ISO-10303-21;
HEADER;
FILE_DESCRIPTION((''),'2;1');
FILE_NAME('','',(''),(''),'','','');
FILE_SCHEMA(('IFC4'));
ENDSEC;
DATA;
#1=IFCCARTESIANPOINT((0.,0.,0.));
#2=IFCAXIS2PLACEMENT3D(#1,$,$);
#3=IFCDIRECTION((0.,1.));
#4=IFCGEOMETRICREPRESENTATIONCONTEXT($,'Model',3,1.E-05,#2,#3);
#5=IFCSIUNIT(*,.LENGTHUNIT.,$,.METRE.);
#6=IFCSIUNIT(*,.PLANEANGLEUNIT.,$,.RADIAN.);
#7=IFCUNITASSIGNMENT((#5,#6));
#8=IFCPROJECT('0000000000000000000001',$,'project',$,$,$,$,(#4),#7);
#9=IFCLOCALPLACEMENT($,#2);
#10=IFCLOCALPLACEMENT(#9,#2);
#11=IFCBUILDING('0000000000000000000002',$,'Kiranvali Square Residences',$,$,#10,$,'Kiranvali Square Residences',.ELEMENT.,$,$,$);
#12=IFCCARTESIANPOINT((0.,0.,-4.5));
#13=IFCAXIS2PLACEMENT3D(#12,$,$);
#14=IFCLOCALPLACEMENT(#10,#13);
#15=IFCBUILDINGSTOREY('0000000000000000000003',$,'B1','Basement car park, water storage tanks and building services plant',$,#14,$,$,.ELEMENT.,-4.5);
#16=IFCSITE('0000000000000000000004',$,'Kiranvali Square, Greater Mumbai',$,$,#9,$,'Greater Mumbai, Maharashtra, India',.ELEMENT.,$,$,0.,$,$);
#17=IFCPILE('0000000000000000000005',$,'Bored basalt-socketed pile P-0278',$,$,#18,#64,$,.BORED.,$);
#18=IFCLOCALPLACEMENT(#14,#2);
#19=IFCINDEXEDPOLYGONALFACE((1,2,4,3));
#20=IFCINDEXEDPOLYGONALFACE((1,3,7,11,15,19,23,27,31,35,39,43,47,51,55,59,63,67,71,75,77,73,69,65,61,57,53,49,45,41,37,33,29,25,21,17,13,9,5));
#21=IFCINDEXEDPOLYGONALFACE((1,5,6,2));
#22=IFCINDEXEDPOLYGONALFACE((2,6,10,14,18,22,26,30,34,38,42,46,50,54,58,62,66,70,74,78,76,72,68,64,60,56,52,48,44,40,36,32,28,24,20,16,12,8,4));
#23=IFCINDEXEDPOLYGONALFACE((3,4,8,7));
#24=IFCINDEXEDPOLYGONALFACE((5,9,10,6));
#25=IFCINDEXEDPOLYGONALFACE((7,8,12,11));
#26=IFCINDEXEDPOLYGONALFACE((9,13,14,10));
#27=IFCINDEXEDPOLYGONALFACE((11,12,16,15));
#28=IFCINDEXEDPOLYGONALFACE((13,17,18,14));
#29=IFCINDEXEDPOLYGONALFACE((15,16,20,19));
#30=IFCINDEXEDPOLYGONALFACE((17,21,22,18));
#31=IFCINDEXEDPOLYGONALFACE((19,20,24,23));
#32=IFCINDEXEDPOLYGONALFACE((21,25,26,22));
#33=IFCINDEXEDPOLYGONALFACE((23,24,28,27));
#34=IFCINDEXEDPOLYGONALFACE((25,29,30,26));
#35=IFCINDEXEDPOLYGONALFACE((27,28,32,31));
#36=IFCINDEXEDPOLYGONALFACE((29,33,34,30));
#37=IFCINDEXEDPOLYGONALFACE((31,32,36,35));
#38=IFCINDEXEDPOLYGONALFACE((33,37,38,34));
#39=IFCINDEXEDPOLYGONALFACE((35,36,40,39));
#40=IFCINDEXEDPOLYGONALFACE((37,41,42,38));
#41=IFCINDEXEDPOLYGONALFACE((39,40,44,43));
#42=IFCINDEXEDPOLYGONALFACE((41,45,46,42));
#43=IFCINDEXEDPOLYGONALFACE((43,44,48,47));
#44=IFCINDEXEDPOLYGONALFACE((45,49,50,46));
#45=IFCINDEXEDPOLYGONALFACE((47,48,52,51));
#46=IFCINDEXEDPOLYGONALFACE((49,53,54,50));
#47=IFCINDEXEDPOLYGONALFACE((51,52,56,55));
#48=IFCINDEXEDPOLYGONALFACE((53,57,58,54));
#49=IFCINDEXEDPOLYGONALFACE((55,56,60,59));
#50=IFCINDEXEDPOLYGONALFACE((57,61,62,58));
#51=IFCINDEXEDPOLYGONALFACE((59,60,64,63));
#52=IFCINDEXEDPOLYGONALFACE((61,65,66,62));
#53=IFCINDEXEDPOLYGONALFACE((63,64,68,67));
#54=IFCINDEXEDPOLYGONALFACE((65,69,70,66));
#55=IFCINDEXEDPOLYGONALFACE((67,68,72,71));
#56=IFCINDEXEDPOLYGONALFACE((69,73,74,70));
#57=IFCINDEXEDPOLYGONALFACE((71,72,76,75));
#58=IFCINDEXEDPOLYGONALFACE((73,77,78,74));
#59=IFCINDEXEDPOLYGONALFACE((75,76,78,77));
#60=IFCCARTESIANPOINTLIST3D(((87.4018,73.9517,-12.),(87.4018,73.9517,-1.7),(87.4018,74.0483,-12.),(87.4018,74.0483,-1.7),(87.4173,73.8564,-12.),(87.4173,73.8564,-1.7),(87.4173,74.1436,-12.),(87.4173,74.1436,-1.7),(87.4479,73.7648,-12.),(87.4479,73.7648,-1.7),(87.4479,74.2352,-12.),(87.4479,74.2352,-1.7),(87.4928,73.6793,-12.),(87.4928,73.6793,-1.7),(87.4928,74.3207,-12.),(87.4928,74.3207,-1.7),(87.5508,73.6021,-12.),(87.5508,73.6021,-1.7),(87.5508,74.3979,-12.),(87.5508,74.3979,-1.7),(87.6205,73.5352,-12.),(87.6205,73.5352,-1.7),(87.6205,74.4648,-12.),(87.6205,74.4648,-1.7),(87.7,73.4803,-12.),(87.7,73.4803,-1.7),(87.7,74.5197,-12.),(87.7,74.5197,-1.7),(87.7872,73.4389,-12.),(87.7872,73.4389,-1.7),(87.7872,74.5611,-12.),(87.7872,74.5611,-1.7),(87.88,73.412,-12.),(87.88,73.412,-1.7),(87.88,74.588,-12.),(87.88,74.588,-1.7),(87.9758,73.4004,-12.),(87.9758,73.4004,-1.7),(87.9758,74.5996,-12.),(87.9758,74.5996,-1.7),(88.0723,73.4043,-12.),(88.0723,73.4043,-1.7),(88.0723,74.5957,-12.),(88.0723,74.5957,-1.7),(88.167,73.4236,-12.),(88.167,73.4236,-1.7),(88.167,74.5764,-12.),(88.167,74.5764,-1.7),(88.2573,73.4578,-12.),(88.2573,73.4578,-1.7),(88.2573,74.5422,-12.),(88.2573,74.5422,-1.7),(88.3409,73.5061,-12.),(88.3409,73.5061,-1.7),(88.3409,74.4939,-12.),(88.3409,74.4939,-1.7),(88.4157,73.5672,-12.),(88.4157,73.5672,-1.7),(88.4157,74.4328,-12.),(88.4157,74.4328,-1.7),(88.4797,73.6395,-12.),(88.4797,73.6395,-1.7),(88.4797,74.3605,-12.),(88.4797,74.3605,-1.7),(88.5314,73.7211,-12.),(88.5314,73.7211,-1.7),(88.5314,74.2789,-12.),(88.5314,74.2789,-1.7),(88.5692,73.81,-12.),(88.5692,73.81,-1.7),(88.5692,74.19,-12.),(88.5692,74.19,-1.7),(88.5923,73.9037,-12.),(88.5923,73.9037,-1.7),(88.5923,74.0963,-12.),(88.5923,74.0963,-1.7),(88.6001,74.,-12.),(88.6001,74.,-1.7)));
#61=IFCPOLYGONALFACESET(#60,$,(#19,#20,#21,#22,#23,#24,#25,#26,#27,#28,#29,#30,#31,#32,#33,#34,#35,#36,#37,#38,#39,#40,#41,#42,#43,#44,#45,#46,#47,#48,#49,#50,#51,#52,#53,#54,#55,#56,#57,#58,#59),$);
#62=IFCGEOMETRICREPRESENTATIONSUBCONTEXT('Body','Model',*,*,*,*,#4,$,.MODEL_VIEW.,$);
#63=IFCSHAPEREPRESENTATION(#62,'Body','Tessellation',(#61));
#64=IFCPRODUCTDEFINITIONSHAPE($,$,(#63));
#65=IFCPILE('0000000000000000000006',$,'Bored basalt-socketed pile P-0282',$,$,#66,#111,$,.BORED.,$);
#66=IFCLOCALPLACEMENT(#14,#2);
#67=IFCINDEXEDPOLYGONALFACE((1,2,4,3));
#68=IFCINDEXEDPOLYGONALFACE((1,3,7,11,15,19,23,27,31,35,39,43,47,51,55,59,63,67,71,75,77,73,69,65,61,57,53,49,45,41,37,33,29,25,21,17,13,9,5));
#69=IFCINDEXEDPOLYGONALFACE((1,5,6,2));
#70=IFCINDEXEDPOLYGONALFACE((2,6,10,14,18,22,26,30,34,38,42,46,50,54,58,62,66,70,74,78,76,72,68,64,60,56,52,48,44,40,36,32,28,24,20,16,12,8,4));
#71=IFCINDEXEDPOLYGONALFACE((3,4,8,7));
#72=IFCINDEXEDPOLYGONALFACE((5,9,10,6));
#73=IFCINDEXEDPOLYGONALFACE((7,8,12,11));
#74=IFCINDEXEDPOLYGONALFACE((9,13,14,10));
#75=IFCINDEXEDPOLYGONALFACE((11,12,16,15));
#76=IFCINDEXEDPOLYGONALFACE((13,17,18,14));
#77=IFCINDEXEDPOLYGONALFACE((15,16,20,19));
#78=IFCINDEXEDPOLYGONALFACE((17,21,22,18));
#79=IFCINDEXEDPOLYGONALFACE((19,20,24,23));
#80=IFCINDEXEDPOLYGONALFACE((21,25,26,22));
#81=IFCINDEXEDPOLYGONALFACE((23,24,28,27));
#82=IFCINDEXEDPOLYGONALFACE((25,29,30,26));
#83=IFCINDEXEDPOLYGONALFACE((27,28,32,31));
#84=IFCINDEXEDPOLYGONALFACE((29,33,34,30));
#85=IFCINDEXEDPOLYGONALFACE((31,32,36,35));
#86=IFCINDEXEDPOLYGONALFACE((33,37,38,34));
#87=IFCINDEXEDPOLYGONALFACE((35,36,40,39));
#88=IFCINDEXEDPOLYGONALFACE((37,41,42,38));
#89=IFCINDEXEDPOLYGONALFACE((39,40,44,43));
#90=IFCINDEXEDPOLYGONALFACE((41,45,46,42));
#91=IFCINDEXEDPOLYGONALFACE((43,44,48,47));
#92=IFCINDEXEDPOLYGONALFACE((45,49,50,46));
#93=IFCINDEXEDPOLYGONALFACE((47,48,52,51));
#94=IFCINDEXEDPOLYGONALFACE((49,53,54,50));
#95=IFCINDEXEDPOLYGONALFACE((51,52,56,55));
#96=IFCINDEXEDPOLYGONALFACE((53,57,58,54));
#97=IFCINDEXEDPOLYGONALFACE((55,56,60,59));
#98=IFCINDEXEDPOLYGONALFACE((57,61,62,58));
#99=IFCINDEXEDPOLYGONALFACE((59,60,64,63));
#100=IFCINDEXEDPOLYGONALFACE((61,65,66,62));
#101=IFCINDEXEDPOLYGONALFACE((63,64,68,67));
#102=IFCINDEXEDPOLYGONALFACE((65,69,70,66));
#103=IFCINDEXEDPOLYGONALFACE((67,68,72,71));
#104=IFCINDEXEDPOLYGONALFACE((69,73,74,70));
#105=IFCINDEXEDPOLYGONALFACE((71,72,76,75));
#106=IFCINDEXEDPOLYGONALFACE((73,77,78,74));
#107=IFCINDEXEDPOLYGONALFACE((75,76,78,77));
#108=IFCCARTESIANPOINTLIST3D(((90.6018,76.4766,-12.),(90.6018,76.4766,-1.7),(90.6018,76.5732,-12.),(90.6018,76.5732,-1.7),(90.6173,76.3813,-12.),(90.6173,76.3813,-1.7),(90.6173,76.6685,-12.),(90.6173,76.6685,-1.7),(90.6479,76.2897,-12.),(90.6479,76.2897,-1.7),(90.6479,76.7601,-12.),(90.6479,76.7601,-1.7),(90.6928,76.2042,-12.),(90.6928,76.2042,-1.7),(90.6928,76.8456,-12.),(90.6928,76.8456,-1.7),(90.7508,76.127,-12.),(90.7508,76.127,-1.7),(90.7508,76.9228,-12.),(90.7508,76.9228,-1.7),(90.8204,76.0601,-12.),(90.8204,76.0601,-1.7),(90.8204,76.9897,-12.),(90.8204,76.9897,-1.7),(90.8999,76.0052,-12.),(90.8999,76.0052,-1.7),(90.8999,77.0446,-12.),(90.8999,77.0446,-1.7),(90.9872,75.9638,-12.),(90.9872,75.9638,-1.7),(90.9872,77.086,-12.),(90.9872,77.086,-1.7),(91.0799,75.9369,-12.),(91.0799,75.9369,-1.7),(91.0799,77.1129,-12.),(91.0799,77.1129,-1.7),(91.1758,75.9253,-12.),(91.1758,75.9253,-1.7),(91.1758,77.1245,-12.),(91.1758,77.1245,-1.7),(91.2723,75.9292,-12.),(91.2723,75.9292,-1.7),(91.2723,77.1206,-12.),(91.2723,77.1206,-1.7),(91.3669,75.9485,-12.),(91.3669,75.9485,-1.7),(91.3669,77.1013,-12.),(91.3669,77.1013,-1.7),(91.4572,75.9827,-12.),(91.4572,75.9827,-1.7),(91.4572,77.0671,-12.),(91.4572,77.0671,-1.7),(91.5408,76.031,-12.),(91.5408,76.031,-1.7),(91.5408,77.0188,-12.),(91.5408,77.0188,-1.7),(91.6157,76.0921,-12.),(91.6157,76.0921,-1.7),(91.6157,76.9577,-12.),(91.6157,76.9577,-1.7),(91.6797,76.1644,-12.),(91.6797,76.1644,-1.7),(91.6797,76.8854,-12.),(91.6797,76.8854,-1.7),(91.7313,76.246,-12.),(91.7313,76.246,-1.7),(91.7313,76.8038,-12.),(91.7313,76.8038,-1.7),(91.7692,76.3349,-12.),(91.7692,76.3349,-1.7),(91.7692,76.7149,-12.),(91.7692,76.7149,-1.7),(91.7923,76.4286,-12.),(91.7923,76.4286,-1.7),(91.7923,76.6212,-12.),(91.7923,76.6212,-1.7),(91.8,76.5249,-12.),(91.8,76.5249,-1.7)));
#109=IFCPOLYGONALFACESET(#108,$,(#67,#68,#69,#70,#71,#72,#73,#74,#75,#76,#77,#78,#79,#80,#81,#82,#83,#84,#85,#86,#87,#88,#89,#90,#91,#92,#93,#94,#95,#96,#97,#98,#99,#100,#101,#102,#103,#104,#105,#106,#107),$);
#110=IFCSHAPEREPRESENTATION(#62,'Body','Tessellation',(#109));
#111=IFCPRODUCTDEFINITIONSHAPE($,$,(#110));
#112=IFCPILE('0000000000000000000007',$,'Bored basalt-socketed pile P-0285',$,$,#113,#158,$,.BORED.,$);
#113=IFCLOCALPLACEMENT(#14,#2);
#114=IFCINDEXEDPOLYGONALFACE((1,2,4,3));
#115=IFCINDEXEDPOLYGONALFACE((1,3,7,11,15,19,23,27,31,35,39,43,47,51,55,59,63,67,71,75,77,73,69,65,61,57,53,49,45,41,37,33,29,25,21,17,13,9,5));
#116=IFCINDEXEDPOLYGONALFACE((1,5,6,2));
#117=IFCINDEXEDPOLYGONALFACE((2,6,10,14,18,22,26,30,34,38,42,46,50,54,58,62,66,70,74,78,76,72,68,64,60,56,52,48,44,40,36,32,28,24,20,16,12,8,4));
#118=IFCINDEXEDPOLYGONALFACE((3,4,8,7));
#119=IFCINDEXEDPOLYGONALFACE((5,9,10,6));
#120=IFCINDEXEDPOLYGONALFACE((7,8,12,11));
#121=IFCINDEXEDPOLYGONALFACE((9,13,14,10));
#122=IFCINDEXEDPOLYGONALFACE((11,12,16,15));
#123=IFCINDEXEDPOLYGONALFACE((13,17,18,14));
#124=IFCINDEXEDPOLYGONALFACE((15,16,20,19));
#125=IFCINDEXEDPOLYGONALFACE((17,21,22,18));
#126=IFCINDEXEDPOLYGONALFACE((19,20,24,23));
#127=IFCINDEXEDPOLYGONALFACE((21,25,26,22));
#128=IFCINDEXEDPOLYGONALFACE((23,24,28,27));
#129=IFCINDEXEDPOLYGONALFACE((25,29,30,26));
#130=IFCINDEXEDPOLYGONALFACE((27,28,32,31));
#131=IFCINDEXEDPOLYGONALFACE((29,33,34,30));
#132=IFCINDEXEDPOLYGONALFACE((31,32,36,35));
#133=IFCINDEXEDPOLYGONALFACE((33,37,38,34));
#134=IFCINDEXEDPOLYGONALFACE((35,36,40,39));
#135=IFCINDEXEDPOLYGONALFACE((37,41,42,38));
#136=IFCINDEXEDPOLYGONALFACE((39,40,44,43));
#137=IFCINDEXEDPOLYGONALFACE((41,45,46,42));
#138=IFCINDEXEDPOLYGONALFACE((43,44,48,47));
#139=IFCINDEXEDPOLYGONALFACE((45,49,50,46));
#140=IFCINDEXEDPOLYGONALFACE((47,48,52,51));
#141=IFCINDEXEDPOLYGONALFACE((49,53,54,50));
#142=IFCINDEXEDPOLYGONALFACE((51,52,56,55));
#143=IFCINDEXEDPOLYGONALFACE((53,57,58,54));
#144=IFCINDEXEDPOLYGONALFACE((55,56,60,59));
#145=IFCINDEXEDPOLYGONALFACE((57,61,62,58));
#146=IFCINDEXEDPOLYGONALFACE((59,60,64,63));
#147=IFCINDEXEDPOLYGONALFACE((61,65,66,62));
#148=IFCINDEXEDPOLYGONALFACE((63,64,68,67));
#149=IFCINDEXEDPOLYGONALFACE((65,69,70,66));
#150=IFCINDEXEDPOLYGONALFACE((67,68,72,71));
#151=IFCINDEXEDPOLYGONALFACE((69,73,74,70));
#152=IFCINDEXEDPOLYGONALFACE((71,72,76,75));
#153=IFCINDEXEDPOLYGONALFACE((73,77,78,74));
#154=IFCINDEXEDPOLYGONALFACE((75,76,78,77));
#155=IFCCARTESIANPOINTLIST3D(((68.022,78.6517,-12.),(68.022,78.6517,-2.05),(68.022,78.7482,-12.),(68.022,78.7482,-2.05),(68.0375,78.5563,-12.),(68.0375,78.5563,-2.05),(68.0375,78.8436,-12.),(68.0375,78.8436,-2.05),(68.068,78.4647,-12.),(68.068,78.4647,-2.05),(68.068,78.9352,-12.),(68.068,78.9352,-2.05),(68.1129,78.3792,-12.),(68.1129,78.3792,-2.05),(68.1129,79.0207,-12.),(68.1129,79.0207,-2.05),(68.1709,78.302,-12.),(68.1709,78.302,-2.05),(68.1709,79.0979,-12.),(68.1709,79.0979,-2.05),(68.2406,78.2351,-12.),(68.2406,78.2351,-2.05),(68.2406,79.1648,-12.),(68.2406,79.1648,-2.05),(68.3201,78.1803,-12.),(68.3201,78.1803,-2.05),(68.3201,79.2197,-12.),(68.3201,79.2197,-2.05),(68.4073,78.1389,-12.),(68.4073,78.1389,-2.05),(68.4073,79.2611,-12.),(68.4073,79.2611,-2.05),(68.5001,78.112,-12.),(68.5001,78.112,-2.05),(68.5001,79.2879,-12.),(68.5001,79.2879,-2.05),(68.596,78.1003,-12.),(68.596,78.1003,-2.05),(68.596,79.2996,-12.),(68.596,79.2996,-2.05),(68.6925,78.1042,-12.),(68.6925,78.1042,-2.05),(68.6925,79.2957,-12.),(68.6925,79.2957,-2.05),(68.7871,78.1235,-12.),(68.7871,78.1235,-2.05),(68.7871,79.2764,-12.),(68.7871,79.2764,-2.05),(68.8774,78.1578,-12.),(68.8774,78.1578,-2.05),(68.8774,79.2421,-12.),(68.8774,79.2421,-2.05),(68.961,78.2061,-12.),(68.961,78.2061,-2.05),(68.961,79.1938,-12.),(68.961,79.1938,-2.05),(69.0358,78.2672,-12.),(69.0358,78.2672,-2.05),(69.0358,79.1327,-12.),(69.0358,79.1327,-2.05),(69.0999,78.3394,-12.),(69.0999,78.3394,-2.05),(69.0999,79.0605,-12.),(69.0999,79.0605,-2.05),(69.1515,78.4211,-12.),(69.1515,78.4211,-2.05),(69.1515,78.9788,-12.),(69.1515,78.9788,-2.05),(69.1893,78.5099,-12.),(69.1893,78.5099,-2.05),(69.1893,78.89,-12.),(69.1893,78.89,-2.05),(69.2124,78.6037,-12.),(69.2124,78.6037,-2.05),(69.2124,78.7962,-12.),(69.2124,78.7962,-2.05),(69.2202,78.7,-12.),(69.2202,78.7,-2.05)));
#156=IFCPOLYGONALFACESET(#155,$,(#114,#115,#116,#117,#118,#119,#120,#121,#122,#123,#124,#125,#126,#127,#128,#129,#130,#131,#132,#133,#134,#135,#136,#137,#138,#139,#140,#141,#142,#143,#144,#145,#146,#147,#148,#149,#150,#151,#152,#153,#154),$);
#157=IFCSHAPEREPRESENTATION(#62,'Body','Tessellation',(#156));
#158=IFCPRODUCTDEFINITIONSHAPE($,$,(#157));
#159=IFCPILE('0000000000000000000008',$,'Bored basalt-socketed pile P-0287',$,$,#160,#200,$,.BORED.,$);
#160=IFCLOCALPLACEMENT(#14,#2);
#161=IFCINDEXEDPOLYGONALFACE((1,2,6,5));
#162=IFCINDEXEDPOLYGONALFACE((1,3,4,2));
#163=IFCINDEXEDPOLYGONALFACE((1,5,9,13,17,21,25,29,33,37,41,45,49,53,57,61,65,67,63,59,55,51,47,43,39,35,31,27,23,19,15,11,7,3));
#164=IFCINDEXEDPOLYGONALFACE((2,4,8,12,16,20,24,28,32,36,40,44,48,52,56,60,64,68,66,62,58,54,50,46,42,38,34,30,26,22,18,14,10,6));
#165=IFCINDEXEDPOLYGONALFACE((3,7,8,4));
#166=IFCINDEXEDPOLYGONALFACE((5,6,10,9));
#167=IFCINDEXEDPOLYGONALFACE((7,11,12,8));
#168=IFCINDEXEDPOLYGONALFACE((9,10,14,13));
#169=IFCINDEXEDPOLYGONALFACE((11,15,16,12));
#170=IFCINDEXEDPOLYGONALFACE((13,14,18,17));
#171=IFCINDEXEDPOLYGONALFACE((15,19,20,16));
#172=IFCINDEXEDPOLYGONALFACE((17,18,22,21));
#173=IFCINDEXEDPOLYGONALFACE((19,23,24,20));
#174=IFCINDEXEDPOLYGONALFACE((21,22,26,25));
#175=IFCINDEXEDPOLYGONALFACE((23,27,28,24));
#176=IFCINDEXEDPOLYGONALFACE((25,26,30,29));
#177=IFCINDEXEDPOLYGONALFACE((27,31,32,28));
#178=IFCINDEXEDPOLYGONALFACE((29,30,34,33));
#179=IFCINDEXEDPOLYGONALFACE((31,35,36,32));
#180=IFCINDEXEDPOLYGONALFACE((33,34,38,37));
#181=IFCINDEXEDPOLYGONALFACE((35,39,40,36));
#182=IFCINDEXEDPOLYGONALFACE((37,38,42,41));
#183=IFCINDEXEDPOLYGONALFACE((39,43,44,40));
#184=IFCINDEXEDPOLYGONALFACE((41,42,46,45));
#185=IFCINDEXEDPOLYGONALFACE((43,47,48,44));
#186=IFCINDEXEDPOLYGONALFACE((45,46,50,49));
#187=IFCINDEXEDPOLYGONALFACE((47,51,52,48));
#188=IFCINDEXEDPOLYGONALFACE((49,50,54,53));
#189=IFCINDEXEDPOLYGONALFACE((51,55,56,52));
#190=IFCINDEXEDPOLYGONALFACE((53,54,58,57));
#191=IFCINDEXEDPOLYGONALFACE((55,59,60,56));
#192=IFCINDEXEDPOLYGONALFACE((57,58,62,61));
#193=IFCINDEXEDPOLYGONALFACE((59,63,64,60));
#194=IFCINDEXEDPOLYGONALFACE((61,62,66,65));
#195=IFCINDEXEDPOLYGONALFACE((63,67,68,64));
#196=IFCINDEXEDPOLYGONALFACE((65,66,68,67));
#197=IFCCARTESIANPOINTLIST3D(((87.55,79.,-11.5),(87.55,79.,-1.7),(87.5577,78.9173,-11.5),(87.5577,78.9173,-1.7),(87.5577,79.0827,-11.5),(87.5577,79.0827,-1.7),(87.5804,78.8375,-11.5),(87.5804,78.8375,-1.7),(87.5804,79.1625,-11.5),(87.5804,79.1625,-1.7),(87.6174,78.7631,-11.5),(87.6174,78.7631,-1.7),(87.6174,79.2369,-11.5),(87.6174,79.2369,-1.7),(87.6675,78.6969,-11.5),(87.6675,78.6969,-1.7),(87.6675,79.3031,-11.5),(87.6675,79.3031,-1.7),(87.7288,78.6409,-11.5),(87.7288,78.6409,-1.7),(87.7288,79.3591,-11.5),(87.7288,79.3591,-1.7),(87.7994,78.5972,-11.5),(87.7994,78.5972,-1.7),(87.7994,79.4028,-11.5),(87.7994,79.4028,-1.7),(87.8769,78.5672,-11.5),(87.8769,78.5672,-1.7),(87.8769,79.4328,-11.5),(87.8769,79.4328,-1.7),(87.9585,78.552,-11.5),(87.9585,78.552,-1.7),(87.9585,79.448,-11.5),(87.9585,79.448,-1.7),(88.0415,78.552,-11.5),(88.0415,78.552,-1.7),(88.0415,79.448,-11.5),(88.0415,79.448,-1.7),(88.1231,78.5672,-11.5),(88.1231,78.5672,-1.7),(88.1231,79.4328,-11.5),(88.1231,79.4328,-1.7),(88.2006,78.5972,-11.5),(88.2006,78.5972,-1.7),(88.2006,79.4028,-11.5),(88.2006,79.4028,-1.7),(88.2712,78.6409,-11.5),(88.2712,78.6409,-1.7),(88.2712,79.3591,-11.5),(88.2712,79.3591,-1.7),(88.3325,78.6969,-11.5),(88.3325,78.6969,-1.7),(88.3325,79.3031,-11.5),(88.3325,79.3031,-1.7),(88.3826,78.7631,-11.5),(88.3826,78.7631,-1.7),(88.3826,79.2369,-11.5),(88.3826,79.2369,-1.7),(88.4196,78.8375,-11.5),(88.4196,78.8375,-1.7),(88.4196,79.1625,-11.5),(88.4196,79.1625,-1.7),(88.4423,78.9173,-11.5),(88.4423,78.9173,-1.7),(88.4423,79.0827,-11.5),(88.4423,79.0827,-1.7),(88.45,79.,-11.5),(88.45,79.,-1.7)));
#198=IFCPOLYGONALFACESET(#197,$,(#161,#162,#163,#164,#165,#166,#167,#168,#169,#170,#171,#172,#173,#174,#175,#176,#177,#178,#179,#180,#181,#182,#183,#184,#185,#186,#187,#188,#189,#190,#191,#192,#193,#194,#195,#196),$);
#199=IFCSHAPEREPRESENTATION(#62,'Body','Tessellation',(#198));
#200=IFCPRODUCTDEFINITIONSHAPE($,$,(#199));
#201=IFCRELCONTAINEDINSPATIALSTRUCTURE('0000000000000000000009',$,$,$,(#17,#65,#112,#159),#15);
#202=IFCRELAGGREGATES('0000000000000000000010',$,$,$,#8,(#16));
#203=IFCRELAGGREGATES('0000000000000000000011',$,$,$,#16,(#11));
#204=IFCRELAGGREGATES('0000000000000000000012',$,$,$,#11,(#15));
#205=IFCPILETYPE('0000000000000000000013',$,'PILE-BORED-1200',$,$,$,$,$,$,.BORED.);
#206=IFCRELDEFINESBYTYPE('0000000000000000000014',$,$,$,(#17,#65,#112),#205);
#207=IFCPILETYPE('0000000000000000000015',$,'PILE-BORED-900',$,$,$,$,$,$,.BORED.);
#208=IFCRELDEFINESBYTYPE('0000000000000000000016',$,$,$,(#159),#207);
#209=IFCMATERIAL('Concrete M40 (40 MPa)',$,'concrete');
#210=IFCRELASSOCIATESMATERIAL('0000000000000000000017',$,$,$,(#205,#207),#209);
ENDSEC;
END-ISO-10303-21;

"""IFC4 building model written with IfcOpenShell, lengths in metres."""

from ifc_helpers import new_model, si_unit, direction, frame, origin, origin_2d, place, context, subcontext, project, spatial, circle, extrude, material, material_profile, profile_set, type_object, element, save


model = new_model("IFC4")

# Units and contexts
model_context = context("Model", 3, precision=1e-05, world=origin(), true_north=direction((0.0, 1.0)))
body_context = subcontext(model_context, "Body", "Model", "MODEL_VIEW")
ifc_project = project(units=[si_unit("LENGTHUNIT", "METRE"), si_unit("PLANEANGLEUNIT", "RADIAN")], contexts=[model_context])

# Site, building, storey
site_placement = place(None, origin())
site = spatial("IfcSite", under=ifc_project, at=site_placement, Name="Kiranvali Square, Greater Mumbai", LongName="Greater Mumbai, Maharashtra, India", CompositionType="ELEMENT", RefElevation=0.0)
building_placement = place(site_placement, origin())
building = spatial("IfcBuilding", under=site, at=building_placement, Name="Kiranvali Square Residences", LongName="Kiranvali Square Residences", CompositionType="ELEMENT")
storey_placement = place(building_placement, frame((0.0, 0.0, -4.5)))
storey = spatial("IfcBuildingStorey", under=building, at=storey_placement, Name="B1", Description="Basement car park, water storage tanks and building services plant", CompositionType="ELEMENT", Elevation=-4.5)

# Shared definitions
ifc_material_1 = material(Name="Concrete M40 (40 MPa)", Category="concrete")

# Piles
ifc_material_profile_1 = material_profile(ifc_material_1, circle(Radius=0.6001, at=origin_2d()), Name="BORED PILE 1200")
ifc_profile_set_1 = profile_set([ifc_material_profile_1], Name="Concrete M40 (40 MPa)")
pile_type_1 = type_object("IfcPileType", Name="PILE-BORED-1200", PredefinedType="BORED", material=ifc_profile_set_1)
for number, where, z_axis, x_axis, name in (
    (1, (88.0, 74.0, -1.7), (0.0, 0.0, -1.0), (1.0, 0.0, 0.0), "Bored basalt-socketed pile P-0278"),
    (2, (91.2, 76.5249, -1.7), (0.0, 0.0, -1.0), (1.0, 0.0, 0.0), "Bored basalt-socketed pile P-0282"),
):
    element("IfcPile", number, at=place(storey_placement, frame(where, z_axis=z_axis, x_axis=x_axis)), inside=storey, type_object=pile_type_1, Name=name, PredefinedType="BORED", context=body_context, shape_type="SweptSolid", body=[
        extrude(circle(Radius=0.6001, at=origin_2d()), origin(), (0.0, 0.0, 1.0), 10.3),
    ])
pile_1_placement = place(storey_placement, frame((68.6201, 78.7, -2.05), z_axis=(0.0, 0.0, -1.0), x_axis=(1.0, 0.0, 0.0)))
element("IfcPile", 3, at=pile_1_placement, inside=storey, type_object=pile_type_1, Name="Bored basalt-socketed pile P-0285", PredefinedType="BORED", context=body_context, shape_type="SweptSolid", body=[
    extrude(circle(Radius=0.6001, at=origin_2d()), origin(), (0.0, 0.0, 1.0), 9.95),
])
ifc_material_profile_2 = material_profile(ifc_material_1, circle(Radius=0.45, at=origin_2d()), Name="BORED PILE 900")
ifc_profile_set_2 = profile_set([ifc_material_profile_2], Name="Concrete M40 (40 MPa)")
pile_type_2 = type_object("IfcPileType", Name="PILE-BORED-900", PredefinedType="BORED", material=ifc_profile_set_2)
pile_2_placement = place(storey_placement, frame((88.0, 79.0, -1.7), z_axis=(0.0, 0.0, -1.0), x_axis=(1.0, 0.0, 0.0)))
element("IfcPile", 4, at=pile_2_placement, inside=storey, type_object=pile_type_2, Name="Bored basalt-socketed pile P-0287", PredefinedType="BORED", context=body_context, shape_type="SweptSolid", body=[
    extrude(circle(Radius=0.45, at=origin_2d()), origin(), (0.0, 0.0, 1.0), 9.8),
])

save(model, "model.ifc")
